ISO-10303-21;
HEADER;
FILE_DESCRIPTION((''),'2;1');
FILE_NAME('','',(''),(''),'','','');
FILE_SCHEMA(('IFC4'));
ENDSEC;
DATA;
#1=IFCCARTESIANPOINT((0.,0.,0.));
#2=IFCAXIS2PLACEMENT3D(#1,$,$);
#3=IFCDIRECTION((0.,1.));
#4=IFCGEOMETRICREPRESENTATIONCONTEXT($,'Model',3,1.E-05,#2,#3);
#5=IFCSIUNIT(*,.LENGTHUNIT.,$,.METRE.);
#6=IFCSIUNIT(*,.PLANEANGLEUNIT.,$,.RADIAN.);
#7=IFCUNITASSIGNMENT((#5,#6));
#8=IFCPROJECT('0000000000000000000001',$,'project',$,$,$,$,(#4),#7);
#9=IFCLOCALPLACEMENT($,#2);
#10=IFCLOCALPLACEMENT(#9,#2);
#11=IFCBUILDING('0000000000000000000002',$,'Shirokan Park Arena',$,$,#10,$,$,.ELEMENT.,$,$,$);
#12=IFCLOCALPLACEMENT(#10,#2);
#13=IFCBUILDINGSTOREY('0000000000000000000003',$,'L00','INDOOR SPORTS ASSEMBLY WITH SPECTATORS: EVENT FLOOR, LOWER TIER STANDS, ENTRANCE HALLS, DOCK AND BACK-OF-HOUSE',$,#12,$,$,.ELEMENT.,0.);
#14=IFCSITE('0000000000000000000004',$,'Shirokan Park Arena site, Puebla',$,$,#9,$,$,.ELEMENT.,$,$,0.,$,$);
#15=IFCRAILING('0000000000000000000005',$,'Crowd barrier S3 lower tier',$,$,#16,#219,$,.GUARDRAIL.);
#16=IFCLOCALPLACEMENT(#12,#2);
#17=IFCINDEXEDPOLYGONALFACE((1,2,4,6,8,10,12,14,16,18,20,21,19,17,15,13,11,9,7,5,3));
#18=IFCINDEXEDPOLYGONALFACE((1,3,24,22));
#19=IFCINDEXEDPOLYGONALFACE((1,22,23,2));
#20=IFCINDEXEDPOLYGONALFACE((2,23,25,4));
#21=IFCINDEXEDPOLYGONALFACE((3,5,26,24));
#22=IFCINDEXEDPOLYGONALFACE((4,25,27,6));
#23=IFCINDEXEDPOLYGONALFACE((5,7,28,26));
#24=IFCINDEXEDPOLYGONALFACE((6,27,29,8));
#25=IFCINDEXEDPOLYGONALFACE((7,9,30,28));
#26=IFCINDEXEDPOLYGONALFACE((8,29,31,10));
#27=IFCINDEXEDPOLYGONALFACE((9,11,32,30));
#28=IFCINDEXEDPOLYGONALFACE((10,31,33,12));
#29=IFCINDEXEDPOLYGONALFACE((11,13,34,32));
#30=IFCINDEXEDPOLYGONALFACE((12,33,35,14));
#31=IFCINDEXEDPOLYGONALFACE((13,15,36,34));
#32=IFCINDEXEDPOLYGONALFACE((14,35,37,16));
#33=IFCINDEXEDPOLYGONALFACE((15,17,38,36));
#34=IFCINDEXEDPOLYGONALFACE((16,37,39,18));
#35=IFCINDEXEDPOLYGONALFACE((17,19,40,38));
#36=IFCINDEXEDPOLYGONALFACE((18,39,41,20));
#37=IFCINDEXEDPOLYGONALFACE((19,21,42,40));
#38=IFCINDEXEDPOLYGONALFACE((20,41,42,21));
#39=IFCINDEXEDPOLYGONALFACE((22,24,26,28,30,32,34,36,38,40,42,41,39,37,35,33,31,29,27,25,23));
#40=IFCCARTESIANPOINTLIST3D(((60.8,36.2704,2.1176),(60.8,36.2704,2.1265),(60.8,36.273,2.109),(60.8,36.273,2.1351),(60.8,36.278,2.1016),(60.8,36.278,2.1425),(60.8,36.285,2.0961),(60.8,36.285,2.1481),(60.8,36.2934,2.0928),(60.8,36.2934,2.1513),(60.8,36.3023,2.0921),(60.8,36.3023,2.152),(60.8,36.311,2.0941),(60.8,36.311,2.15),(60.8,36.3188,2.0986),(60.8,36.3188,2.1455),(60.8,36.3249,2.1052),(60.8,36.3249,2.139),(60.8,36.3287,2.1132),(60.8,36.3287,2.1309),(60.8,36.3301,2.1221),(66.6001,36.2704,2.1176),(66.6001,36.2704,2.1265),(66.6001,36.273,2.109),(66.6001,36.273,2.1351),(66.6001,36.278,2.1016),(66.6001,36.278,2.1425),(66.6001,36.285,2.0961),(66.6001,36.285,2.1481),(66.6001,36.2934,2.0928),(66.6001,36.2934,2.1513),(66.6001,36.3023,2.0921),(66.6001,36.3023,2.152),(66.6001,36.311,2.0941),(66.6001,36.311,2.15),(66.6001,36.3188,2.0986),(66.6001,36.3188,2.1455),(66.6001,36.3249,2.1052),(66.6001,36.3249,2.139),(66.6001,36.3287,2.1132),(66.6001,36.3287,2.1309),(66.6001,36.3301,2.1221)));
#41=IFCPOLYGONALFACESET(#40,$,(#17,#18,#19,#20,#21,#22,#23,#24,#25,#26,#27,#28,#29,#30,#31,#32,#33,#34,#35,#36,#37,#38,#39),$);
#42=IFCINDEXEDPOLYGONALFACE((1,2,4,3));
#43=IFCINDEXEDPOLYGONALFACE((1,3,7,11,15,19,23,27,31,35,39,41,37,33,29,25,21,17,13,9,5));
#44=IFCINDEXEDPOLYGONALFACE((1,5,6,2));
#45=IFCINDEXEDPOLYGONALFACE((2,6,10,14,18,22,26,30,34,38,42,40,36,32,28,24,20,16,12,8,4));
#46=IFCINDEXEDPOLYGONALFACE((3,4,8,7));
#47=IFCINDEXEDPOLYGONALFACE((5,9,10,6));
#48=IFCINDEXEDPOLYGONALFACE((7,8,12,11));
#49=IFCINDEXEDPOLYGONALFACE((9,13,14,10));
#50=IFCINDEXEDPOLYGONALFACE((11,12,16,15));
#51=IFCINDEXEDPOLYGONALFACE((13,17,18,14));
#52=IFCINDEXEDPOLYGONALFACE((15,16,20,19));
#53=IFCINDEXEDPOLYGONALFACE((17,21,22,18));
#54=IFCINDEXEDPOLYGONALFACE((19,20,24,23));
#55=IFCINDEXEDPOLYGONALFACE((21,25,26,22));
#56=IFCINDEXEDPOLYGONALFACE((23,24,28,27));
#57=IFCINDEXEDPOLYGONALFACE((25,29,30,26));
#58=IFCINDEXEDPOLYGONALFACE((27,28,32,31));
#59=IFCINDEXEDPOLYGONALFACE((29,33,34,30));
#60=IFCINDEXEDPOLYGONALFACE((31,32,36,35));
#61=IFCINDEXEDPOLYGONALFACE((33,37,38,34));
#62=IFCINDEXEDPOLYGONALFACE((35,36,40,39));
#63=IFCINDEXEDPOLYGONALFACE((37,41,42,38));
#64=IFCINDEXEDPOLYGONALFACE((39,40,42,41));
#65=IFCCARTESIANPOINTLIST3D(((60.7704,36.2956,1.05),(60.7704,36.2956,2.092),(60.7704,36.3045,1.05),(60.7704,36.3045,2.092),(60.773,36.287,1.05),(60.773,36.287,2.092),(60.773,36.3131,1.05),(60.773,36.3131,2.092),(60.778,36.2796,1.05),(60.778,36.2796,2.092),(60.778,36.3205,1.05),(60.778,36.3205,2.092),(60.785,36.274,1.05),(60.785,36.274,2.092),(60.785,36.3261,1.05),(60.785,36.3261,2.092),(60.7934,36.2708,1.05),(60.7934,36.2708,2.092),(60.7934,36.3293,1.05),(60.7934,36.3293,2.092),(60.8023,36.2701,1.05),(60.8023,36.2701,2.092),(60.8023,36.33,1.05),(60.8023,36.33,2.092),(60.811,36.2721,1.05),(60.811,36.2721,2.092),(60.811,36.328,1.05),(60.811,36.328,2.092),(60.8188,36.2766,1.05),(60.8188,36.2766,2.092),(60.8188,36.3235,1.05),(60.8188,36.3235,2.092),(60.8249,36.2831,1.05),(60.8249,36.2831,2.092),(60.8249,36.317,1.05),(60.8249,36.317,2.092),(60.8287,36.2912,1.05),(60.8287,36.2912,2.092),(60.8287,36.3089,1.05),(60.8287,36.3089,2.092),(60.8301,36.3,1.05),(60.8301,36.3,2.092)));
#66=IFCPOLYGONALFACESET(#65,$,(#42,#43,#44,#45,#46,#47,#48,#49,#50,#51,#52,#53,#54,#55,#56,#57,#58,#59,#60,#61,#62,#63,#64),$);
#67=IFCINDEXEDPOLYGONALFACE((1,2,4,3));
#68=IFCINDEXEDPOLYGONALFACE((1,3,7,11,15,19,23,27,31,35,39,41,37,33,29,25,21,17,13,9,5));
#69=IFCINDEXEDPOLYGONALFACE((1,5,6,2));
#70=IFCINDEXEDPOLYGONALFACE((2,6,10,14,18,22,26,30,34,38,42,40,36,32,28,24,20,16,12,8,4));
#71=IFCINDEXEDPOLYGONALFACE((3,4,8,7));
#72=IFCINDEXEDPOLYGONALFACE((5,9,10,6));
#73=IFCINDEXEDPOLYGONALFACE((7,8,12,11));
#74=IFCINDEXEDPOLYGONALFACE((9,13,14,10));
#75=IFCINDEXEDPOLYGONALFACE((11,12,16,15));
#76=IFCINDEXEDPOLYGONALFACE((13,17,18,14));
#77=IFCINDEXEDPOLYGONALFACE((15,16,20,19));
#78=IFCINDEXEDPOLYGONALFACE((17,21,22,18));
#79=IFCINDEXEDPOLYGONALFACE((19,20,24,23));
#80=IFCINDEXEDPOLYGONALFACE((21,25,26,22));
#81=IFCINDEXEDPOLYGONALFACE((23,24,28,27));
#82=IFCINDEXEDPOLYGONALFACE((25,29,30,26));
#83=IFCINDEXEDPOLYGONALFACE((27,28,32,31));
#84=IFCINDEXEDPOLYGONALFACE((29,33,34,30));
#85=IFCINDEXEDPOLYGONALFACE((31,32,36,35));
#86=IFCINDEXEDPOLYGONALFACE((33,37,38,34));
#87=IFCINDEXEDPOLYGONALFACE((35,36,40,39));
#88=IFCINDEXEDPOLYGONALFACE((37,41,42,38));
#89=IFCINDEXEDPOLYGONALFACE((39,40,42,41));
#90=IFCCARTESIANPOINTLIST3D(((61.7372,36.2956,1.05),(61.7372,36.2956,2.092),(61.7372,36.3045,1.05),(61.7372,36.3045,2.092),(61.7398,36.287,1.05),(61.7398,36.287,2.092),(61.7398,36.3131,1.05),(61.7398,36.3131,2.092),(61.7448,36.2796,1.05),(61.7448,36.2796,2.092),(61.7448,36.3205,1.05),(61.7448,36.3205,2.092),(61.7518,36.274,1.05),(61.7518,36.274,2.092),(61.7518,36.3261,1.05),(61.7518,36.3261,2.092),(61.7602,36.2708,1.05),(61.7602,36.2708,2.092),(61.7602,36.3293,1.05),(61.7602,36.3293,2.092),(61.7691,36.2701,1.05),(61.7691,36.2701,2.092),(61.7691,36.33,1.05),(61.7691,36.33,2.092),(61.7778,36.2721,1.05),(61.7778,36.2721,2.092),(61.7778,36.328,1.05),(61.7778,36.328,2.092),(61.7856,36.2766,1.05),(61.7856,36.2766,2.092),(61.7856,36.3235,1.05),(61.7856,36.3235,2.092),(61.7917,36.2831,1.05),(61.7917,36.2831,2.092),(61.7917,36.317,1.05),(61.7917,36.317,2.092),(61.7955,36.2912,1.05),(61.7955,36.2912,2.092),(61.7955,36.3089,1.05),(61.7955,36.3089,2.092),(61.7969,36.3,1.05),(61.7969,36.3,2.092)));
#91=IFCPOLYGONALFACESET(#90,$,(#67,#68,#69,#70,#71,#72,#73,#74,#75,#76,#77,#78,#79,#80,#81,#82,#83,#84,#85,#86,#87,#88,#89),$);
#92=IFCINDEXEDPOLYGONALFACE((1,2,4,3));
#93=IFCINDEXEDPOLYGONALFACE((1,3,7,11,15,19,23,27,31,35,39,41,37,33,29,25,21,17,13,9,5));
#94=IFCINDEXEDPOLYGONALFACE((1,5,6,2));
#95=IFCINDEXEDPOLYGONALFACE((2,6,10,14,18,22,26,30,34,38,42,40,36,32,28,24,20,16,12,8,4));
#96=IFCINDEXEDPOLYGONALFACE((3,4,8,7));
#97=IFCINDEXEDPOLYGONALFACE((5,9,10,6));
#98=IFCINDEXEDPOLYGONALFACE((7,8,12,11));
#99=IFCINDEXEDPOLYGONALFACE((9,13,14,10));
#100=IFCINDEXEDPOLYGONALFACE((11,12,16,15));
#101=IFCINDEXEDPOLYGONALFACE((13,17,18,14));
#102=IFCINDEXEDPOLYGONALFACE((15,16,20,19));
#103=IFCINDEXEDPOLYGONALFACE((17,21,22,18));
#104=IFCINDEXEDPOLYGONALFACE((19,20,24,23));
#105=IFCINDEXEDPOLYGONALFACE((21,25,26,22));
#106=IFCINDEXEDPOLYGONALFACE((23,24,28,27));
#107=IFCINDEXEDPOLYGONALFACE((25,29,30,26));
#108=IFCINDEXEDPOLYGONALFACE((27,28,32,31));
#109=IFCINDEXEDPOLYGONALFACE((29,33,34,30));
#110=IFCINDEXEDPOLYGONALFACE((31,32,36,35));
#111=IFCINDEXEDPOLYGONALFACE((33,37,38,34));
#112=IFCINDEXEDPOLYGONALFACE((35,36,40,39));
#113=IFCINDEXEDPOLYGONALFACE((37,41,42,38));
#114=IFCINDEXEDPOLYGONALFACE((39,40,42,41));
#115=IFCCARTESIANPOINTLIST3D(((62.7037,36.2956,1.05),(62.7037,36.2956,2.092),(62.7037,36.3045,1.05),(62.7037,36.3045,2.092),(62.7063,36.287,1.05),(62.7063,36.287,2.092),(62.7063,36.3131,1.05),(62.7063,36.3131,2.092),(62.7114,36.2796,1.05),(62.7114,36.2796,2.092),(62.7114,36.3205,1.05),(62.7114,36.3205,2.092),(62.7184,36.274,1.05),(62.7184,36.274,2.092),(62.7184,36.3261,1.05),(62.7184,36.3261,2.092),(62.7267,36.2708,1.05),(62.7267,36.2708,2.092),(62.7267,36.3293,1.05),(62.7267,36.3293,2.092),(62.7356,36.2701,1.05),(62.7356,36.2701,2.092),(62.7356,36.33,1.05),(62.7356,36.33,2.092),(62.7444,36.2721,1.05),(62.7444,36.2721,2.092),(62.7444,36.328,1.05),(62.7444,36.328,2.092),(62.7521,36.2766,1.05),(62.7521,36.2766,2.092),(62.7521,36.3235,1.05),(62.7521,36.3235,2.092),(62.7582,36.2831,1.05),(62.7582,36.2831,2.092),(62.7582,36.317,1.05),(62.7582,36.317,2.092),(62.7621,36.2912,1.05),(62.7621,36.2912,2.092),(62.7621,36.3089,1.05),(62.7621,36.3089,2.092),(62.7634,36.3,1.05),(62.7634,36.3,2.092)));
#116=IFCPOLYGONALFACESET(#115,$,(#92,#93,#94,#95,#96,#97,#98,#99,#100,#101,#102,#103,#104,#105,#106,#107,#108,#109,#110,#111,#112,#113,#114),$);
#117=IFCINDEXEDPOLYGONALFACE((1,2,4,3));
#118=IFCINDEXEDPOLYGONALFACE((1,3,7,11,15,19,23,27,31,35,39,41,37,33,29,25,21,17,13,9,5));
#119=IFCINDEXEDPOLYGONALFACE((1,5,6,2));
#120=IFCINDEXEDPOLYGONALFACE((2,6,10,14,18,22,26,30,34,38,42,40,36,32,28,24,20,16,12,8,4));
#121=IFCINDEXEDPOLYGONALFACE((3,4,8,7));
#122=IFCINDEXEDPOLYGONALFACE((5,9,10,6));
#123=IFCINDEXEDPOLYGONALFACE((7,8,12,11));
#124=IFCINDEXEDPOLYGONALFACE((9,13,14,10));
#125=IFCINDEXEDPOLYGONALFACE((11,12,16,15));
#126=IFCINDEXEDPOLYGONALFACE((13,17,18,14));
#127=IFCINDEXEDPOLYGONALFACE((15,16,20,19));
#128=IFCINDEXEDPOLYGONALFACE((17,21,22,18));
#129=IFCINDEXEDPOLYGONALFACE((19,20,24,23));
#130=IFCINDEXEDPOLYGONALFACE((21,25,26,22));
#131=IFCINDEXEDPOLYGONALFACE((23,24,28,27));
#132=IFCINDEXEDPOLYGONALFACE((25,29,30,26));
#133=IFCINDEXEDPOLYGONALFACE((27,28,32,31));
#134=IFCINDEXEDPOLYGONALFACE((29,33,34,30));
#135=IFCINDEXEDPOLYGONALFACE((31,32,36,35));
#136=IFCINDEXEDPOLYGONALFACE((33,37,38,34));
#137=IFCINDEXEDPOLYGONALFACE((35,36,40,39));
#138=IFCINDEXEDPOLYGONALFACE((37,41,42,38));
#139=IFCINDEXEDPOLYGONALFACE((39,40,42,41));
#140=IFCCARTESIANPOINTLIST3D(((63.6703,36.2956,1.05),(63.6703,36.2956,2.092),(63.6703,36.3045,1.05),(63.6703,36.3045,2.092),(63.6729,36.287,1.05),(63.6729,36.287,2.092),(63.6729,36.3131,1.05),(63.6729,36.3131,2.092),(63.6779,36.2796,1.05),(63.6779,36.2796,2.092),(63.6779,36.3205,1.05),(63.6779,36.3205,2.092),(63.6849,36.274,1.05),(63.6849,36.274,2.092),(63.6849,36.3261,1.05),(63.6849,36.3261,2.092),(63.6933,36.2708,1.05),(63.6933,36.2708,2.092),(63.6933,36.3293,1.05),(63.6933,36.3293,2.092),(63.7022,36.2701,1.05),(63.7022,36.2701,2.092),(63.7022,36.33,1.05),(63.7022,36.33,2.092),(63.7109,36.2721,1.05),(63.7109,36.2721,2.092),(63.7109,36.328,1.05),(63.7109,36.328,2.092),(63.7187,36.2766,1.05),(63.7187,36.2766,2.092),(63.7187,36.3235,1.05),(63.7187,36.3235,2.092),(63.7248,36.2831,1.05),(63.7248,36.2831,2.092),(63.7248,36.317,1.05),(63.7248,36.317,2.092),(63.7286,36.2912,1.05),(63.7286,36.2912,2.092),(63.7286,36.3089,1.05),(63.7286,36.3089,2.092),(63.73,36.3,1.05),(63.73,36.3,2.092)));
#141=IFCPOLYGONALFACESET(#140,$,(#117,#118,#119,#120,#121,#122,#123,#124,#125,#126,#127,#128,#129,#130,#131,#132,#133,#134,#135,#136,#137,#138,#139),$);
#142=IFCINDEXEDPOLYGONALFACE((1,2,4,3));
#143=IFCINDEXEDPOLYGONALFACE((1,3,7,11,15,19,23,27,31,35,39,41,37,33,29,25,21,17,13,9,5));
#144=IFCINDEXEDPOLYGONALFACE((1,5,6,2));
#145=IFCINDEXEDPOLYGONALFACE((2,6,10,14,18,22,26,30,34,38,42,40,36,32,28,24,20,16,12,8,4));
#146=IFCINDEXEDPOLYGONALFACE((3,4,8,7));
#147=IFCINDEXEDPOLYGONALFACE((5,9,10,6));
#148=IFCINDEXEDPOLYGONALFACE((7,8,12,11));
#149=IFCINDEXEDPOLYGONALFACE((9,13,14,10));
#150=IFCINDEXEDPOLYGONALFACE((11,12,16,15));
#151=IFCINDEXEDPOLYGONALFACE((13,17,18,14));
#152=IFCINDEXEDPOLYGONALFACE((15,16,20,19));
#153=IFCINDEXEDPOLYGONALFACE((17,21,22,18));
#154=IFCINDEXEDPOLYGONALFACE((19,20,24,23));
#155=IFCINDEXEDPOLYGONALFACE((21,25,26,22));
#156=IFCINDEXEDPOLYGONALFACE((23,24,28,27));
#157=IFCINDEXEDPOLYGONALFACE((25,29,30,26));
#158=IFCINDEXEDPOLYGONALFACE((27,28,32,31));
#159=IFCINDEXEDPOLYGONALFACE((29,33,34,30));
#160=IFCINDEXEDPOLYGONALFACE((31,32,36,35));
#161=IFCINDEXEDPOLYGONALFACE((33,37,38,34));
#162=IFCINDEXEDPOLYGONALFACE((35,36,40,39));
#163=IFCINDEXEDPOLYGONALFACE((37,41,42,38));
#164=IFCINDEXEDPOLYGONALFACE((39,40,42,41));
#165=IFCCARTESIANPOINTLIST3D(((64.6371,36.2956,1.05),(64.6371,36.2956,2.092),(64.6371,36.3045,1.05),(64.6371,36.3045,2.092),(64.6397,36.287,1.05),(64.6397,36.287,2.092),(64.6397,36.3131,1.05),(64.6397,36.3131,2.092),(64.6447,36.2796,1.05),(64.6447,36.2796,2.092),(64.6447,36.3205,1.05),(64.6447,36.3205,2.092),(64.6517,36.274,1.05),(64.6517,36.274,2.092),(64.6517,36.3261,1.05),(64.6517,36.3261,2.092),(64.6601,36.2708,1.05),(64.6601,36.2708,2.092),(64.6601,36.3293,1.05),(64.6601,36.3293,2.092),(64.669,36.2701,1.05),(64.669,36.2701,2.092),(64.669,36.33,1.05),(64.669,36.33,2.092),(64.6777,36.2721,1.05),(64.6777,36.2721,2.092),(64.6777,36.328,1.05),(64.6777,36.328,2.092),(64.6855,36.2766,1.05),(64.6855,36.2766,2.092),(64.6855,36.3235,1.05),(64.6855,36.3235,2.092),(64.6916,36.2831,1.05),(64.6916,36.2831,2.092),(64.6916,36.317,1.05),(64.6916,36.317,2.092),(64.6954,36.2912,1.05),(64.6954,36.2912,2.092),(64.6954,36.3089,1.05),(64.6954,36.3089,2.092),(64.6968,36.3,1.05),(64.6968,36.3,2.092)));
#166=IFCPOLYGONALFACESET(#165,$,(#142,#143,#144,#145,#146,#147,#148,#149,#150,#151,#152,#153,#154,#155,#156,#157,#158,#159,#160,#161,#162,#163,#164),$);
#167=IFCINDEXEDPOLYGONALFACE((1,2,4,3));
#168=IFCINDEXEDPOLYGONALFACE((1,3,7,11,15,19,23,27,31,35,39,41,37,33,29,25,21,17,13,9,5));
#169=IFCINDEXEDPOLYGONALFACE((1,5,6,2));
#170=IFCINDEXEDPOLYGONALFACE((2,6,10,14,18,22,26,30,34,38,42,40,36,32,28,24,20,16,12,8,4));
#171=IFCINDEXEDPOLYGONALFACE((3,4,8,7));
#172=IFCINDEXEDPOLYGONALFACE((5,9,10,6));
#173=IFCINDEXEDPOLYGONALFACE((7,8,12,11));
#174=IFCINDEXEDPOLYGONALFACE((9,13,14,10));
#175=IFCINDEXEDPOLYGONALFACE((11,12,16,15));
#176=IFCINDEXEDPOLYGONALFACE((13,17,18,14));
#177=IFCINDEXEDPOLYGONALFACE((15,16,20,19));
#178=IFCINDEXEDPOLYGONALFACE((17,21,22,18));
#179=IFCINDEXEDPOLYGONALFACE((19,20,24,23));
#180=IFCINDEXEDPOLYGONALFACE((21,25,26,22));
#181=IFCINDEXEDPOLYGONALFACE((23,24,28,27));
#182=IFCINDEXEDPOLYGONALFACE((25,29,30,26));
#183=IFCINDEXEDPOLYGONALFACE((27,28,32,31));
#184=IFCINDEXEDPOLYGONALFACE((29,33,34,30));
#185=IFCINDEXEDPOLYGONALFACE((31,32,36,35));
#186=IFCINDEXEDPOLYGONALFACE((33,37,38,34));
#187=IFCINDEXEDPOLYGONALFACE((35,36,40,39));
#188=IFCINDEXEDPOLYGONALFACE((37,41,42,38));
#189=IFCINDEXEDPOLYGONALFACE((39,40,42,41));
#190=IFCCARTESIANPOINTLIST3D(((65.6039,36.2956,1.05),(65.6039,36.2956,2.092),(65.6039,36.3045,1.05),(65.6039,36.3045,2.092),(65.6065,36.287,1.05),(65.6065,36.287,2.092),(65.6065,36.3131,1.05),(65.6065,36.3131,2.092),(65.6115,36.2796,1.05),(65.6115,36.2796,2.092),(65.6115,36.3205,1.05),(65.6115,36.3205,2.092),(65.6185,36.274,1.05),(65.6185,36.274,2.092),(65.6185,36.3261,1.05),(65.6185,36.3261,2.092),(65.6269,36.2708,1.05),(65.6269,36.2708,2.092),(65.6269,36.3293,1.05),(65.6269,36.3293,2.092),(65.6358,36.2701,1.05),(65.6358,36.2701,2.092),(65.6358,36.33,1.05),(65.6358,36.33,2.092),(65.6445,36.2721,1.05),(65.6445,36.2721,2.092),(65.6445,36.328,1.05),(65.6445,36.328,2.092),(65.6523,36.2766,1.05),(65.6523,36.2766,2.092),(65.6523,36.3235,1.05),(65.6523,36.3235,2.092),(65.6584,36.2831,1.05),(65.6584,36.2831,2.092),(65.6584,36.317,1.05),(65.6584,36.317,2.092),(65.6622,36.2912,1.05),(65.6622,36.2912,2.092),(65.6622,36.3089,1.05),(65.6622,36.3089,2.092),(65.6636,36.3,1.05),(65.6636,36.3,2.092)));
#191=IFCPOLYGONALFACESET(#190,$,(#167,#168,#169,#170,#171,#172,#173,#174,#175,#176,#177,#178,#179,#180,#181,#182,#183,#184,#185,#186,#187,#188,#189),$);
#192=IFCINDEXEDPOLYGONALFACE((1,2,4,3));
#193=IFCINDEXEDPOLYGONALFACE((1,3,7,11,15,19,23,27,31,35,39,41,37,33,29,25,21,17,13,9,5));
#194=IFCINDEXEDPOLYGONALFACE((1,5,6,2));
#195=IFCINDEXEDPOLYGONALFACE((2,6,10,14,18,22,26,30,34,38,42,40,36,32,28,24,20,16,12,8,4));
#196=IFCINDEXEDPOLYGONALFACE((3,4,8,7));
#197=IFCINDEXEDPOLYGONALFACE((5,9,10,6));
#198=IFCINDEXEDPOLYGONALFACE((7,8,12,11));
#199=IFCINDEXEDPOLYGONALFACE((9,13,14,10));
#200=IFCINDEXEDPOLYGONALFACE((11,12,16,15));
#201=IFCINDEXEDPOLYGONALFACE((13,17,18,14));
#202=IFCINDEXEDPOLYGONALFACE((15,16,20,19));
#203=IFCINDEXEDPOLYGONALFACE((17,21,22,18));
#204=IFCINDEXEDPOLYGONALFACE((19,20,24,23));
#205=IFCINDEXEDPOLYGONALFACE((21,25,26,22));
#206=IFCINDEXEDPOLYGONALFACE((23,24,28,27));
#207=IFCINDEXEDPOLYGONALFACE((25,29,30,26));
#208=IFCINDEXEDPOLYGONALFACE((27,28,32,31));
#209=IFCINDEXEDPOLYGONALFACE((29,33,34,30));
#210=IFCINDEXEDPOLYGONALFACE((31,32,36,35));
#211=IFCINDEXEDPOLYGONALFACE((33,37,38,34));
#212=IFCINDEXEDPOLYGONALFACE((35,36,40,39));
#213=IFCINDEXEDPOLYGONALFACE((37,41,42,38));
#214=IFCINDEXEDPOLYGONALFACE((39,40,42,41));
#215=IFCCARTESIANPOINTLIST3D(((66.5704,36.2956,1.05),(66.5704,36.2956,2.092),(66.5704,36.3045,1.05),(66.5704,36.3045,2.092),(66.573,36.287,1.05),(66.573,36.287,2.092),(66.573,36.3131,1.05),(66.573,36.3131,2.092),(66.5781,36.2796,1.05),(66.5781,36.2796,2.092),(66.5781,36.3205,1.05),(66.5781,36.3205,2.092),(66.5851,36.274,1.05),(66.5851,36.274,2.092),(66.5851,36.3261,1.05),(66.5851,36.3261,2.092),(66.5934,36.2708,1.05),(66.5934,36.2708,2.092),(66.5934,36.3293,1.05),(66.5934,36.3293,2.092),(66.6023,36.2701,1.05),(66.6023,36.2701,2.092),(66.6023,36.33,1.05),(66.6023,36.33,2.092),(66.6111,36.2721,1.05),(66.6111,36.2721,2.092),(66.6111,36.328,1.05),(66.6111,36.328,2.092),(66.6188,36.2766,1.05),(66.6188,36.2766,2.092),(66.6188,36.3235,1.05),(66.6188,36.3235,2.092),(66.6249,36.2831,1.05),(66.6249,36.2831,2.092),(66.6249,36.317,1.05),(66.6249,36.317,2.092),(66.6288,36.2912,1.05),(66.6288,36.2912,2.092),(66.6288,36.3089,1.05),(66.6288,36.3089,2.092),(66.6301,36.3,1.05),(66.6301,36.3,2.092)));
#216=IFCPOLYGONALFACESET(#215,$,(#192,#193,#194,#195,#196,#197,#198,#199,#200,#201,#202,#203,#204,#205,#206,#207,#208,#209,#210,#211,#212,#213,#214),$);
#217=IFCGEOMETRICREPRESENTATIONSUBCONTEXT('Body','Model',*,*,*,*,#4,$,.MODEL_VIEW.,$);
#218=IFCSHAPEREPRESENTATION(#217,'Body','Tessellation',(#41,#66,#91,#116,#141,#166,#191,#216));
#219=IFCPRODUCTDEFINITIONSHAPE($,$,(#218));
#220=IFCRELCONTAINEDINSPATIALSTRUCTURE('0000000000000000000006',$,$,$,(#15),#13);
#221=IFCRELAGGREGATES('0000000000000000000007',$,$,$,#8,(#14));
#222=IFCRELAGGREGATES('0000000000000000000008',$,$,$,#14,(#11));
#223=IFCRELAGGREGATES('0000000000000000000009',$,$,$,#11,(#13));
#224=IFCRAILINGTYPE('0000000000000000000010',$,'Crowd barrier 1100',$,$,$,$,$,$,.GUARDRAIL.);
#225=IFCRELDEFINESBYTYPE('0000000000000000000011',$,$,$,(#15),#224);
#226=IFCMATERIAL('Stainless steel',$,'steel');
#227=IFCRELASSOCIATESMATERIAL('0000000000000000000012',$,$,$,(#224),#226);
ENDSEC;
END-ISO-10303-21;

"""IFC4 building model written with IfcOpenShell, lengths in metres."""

from ifc_helpers import new_model, si_unit, direction, frame, origin, origin_2d, place, context, subcontext, project, spatial, circle, extrude, material, type_object, element, save


model = new_model("IFC4")

# Units and contexts
model_context = context("Model", 3, precision=1e-05, world=origin(), true_north=direction((0.0, 1.0)))
body_context = subcontext(model_context, "Body", "Model", "MODEL_VIEW")
ifc_project = project(units=[si_unit("LENGTHUNIT", "METRE"), si_unit("PLANEANGLEUNIT", "RADIAN")], contexts=[model_context])

# Site, building, storey
site_placement = place(None, origin())
site = spatial("IfcSite", under=ifc_project, at=site_placement, Name="Shirokan Park Arena site, Puebla", CompositionType="ELEMENT", RefElevation=0.0)
building_placement = place(site_placement, origin())
building = spatial("IfcBuilding", under=site, at=building_placement, Name="Shirokan Park Arena", CompositionType="ELEMENT")
storey_placement = place(building_placement, origin())
storey = spatial("IfcBuildingStorey", under=building, at=storey_placement, Name="L00", Description="INDOOR SPORTS ASSEMBLY WITH SPECTATORS: EVENT FLOOR, LOWER TIER STANDS, ENTRANCE HALLS, DOCK AND BACK-OF-HOUSE", CompositionType="ELEMENT", Elevation=0.0)

# Railing
ifc_material_1 = material(Name="Stainless steel", Category="steel")
railing_type_1 = type_object("IfcRailingType", Name="Crowd barrier 1100", PredefinedType="GUARDRAIL", material=ifc_material_1)
for number, where, name in (
    (1, (60.8, 36.3, 1.05), "Crowd barrier S3 lower tier"),
):
    element("IfcRailing", number, at=place(storey_placement, frame(where)), inside=storey, type_object=railing_type_1, Name=name, PredefinedType="GUARDRAIL", context=body_context, shape_type="SweptSolid", body=[
        extrude(circle(Radius=0.03, at=origin_2d()), frame((0.0, 0.0, 1.072), z_axis=(1.0, 0.0, 0.0), x_axis=(0.0, 1.0, 0.0)), (0.0, 0.0, 1.0), 5.8),
        extrude(circle(Radius=0.03, at=origin_2d()), origin(), (0.0, 0.0, 1.0), 1.042),
        extrude(circle(Radius=0.03, at=origin_2d()), frame((0.9668, 0.0, 0.0)), (0.0, 0.0, 1.0), 1.042),
        extrude(circle(Radius=0.03, at=origin_2d()), frame((1.9333, 0.0, 0.0)), (0.0, 0.0, 1.0), 1.042),
        extrude(circle(Radius=0.03, at=origin_2d()), frame((2.8999, 0.0, 0.0)), (0.0, 0.0, 1.0), 1.042),
        extrude(circle(Radius=0.03, at=origin_2d()), frame((3.8667, 0.0, 0.0)), (0.0, 0.0, 1.0), 1.042),
        extrude(circle(Radius=0.03, at=origin_2d()), frame((4.8335, 0.0, 0.0)), (0.0, 0.0, 1.0), 1.042),
        extrude(circle(Radius=0.03, at=origin_2d()), frame((5.8, 0.0, 0.0)), (0.0, 0.0, 1.0), 1.042),
    ])

save(model, "model.ifc")
